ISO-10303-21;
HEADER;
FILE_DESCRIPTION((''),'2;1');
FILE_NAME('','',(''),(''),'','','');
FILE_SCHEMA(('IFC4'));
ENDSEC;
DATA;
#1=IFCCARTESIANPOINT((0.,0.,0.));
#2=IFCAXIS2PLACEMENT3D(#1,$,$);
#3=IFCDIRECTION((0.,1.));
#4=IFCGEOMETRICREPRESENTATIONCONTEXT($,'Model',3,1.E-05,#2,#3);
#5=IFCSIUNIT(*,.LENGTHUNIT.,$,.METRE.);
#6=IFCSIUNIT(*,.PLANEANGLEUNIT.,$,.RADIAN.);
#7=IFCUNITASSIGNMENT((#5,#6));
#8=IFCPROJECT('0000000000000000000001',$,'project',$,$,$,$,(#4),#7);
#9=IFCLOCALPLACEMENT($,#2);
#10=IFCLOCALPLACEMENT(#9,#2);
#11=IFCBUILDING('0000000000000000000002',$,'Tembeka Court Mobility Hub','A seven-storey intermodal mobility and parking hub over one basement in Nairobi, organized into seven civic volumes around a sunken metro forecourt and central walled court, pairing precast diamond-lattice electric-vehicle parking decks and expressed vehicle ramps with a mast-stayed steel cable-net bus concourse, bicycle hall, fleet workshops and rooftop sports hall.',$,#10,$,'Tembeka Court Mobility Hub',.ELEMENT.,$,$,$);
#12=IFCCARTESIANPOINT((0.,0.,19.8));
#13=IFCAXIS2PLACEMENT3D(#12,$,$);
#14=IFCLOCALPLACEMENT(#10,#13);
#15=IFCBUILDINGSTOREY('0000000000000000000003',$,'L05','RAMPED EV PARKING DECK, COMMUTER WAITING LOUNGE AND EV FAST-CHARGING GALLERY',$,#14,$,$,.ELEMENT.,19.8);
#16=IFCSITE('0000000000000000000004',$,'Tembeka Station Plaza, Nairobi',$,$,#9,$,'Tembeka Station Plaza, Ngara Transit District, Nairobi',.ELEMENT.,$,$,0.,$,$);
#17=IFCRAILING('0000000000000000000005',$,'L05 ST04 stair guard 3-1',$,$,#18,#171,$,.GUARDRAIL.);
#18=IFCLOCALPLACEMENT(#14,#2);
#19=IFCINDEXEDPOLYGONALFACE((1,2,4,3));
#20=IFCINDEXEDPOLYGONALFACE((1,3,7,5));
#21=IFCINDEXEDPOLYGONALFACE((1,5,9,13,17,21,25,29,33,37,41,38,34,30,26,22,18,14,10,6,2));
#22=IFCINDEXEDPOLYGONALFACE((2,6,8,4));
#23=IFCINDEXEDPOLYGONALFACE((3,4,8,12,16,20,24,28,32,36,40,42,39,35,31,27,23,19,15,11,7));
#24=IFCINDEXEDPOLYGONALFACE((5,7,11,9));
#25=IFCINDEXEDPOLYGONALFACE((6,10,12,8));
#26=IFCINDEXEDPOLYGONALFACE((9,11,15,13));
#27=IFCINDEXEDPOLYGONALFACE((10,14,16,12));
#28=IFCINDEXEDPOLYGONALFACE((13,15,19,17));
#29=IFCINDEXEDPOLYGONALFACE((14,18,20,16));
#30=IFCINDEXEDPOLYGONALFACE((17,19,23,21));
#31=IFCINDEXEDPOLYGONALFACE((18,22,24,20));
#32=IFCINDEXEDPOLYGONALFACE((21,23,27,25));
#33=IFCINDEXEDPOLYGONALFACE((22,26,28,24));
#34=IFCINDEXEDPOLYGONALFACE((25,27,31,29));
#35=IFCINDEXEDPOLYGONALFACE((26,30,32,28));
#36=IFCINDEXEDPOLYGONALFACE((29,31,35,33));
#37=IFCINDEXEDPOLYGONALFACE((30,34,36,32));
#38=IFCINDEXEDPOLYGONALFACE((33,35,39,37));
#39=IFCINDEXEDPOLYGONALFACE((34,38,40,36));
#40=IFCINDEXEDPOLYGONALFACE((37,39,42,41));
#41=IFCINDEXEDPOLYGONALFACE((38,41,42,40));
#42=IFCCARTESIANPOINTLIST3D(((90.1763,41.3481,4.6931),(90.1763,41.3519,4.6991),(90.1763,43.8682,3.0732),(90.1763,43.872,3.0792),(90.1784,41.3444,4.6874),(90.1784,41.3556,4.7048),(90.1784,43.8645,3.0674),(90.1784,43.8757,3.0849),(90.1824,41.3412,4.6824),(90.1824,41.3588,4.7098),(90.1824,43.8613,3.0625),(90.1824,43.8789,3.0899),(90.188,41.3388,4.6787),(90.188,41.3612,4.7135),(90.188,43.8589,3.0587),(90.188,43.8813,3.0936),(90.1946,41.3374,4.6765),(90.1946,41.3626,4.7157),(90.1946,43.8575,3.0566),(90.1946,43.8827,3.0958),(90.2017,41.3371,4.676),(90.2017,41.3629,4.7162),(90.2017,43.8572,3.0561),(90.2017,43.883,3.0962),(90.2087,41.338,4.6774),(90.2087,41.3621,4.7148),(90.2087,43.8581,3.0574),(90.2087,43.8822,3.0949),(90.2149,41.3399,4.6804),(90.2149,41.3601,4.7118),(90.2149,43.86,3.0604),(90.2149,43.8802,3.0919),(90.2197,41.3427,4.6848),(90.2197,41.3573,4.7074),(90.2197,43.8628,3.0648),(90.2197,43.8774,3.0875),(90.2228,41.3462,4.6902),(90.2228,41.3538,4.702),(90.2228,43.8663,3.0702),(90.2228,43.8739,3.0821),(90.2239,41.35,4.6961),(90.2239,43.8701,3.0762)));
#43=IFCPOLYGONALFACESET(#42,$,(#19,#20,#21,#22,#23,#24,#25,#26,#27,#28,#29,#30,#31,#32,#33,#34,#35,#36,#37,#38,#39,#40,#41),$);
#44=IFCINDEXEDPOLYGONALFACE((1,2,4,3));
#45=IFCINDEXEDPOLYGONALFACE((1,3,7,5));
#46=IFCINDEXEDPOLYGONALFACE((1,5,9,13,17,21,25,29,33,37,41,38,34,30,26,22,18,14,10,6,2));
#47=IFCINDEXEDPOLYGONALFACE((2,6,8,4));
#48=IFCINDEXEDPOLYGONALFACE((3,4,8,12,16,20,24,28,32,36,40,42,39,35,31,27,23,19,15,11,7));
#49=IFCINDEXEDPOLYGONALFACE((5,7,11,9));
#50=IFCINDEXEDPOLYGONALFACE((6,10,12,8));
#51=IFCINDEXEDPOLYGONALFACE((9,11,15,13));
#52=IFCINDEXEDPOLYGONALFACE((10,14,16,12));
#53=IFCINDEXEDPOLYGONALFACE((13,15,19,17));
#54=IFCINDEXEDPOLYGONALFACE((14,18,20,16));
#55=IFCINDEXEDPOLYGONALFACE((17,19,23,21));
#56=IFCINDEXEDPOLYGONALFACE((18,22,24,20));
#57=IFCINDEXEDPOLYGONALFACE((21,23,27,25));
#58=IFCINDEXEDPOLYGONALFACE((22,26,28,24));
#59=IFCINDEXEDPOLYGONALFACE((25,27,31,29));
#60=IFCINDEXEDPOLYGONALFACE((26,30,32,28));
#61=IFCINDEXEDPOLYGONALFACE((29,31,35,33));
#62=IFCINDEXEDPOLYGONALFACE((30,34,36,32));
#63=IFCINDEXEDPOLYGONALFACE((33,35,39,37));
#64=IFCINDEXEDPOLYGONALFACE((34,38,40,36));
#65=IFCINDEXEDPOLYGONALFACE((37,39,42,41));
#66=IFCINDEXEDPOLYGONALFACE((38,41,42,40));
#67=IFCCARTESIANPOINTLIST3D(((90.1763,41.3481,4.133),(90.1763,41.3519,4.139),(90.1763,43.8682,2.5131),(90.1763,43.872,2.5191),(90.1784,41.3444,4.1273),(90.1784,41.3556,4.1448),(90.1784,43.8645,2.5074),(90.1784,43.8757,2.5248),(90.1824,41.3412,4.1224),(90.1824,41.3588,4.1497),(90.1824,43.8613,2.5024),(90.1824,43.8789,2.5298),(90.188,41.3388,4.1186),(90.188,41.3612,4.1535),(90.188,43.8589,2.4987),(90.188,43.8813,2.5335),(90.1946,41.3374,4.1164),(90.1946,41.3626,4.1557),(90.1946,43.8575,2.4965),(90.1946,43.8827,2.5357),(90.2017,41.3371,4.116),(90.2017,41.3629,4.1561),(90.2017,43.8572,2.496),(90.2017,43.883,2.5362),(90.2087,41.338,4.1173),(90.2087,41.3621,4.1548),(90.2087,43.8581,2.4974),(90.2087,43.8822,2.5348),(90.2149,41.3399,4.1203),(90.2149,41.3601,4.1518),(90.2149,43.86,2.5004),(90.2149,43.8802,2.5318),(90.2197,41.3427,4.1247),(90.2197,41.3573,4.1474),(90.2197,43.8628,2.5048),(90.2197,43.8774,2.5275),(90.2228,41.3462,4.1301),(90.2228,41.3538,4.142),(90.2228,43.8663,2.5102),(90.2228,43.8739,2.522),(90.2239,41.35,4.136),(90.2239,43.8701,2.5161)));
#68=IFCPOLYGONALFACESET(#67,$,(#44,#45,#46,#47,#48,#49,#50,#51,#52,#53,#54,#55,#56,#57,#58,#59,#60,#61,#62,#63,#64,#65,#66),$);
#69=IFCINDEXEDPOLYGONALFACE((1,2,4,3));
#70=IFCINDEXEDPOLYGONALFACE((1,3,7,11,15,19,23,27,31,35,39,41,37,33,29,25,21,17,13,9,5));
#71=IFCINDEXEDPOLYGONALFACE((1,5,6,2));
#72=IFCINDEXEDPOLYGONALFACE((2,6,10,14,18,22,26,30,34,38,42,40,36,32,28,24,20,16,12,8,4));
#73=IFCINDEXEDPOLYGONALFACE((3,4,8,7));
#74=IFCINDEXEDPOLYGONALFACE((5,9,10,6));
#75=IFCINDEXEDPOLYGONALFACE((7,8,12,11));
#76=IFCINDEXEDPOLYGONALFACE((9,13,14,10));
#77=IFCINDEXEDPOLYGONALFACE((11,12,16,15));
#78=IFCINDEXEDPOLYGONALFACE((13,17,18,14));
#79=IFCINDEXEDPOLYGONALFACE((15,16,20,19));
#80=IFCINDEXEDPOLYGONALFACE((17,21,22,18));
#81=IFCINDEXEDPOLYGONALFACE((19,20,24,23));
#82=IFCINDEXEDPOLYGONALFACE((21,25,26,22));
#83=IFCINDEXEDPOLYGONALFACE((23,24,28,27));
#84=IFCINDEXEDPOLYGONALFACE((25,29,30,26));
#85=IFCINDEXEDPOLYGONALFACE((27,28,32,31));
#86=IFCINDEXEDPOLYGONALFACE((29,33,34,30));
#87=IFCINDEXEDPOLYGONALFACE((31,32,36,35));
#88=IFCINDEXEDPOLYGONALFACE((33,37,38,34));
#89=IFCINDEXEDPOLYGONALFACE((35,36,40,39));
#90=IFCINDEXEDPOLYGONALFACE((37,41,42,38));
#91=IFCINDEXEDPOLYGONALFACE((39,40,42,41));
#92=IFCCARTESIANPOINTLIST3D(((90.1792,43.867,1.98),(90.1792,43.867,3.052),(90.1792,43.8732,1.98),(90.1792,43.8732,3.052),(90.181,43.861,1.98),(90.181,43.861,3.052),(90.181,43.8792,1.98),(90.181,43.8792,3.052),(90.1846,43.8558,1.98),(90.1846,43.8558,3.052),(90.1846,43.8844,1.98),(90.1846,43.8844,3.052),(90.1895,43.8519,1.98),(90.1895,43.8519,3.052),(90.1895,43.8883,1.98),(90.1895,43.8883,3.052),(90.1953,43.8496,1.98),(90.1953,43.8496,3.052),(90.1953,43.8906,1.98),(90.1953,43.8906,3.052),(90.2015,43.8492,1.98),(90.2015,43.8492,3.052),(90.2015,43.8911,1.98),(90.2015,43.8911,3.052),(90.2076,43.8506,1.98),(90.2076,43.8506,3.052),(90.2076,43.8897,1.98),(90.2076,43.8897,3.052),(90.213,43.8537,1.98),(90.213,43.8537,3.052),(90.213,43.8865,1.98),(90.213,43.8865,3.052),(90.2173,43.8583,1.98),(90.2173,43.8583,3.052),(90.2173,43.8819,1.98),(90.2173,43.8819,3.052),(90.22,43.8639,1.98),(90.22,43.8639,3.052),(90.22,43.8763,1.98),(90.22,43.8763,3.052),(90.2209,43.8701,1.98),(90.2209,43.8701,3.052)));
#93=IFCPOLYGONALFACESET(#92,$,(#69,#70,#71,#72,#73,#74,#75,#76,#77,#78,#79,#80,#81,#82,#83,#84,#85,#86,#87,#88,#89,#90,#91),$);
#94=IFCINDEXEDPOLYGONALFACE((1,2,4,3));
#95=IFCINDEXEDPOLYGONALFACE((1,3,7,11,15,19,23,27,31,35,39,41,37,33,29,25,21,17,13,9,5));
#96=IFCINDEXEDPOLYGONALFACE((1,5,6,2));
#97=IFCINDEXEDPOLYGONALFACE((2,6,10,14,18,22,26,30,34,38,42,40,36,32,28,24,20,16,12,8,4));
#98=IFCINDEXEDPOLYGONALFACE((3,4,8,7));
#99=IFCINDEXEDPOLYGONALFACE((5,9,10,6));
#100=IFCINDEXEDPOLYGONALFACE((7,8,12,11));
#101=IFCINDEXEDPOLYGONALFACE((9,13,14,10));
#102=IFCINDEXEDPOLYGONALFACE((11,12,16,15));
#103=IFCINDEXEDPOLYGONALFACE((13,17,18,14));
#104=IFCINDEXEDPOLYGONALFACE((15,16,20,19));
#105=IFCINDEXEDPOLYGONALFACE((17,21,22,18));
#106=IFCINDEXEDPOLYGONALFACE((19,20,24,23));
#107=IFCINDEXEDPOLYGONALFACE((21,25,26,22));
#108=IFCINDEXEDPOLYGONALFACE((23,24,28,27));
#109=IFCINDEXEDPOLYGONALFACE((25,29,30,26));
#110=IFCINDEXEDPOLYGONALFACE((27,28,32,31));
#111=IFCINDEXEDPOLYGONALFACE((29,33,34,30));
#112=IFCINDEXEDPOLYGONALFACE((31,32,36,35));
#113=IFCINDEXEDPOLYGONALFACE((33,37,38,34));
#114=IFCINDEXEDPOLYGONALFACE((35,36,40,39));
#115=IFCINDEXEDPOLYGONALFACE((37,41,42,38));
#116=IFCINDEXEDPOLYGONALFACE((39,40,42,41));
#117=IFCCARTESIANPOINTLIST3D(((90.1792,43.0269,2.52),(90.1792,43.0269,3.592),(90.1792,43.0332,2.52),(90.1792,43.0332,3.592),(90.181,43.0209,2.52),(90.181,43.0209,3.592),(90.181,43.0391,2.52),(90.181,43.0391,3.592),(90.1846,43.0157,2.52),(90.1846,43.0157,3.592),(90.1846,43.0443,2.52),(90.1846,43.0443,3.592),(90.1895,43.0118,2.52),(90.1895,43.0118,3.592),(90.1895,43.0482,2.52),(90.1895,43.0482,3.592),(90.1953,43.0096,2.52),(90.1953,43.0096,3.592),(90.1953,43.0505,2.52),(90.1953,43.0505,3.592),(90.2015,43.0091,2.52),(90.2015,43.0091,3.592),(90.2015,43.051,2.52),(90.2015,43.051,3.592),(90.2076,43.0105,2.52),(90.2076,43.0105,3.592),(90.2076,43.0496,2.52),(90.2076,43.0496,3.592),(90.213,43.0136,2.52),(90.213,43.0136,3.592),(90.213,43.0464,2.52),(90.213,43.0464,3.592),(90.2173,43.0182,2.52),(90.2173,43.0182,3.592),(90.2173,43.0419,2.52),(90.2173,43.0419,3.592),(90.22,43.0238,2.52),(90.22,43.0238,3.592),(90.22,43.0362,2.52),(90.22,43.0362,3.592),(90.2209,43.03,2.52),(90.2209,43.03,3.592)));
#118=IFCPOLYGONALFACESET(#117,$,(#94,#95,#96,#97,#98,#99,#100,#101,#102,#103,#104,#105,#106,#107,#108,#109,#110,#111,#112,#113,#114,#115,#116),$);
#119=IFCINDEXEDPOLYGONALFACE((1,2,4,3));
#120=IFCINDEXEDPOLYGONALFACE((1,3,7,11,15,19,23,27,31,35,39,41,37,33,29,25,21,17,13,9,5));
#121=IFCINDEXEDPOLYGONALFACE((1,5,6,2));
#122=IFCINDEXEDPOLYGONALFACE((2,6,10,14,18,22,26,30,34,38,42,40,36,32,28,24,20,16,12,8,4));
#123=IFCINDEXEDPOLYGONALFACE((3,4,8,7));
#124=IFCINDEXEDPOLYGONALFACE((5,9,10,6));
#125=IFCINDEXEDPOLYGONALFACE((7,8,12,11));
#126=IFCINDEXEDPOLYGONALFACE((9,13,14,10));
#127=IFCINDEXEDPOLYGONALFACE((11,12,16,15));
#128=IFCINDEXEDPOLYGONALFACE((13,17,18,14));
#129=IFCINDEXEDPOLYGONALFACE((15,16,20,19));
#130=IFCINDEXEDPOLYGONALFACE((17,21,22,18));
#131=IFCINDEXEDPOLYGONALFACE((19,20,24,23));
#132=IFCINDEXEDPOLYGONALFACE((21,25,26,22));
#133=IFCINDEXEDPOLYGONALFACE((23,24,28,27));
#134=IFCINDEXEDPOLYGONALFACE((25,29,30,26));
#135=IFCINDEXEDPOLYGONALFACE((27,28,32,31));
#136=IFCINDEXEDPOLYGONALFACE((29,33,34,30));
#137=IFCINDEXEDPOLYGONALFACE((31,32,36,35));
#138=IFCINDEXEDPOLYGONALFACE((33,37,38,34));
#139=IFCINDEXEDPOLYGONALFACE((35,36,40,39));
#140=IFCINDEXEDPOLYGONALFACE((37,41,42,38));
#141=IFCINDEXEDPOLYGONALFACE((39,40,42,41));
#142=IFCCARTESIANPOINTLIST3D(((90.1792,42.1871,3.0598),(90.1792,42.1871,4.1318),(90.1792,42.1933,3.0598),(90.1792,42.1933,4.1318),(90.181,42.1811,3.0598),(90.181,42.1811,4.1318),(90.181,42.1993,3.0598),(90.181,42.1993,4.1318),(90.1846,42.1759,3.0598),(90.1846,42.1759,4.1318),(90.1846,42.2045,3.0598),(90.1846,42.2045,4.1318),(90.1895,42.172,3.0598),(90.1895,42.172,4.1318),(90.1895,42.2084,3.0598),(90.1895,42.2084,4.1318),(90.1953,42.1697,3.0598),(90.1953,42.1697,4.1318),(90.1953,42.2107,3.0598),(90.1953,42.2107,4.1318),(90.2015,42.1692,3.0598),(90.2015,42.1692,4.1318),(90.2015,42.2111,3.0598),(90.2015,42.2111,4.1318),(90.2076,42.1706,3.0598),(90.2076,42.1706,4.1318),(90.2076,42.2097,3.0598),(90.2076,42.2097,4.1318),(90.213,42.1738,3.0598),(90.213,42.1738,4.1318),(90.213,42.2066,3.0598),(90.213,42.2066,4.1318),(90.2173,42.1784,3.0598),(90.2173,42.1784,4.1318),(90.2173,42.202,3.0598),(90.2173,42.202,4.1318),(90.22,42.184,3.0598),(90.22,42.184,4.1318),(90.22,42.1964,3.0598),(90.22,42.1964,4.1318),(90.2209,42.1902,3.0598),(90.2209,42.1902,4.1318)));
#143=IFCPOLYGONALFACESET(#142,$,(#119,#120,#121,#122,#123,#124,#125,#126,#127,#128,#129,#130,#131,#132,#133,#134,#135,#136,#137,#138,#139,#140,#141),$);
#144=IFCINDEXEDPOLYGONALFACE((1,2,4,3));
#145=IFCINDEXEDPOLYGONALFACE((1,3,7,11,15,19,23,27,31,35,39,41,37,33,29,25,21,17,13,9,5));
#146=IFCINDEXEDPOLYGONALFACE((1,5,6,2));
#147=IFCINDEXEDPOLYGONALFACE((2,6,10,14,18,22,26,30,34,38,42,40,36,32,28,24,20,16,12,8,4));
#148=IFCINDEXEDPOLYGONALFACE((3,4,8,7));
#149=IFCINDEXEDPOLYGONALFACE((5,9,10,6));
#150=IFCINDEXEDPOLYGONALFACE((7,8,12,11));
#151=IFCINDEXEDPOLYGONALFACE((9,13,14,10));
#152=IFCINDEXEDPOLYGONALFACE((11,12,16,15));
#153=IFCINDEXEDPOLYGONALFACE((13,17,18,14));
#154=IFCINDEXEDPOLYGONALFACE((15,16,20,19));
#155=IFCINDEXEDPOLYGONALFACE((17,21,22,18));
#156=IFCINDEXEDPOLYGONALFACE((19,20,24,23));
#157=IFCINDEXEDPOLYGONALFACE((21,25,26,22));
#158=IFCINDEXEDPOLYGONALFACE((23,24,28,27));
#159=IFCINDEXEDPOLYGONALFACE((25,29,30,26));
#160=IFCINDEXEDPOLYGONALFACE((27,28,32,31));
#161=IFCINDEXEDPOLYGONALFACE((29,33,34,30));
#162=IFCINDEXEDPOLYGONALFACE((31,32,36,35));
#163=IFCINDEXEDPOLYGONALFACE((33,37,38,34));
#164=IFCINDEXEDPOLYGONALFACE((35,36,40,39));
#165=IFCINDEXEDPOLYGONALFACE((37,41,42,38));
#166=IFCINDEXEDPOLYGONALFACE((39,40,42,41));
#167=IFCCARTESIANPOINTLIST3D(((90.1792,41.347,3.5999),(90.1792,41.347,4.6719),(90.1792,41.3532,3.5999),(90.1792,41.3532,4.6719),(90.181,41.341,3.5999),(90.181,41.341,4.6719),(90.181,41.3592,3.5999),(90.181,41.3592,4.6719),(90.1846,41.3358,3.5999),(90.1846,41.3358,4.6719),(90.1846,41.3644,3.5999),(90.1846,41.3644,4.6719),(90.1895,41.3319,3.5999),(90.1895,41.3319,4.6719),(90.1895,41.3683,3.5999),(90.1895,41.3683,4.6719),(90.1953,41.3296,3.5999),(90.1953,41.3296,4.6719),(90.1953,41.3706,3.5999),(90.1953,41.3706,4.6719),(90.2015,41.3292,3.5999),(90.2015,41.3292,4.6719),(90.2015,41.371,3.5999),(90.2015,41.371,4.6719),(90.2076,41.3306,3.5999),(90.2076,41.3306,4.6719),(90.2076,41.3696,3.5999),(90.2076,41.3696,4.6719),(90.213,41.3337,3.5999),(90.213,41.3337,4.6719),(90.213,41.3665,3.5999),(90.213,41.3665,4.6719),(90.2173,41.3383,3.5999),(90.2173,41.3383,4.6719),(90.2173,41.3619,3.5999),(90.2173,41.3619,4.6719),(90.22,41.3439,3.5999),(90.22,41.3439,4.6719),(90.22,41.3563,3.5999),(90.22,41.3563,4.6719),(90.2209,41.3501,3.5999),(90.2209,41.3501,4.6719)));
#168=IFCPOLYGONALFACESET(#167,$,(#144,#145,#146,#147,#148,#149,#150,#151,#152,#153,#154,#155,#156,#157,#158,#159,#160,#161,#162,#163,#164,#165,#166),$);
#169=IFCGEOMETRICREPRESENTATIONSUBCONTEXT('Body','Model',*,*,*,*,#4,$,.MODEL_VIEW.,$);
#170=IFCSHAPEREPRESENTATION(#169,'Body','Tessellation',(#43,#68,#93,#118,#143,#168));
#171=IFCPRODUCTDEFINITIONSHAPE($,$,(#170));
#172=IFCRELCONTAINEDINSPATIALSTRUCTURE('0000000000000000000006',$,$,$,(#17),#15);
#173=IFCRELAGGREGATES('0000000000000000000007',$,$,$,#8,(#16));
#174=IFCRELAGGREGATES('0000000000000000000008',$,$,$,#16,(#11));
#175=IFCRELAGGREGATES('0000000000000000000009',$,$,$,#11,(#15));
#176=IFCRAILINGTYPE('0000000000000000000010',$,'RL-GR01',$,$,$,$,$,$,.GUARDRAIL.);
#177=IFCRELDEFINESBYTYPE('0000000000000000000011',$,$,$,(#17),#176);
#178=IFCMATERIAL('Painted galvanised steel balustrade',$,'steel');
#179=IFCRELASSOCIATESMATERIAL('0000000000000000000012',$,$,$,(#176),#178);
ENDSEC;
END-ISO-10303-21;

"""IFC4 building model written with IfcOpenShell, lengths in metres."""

from ifc_helpers import new_model, si_unit, direction, frame, origin, origin_2d, place, context, subcontext, project, spatial, circle, extrude, material, type_object, element, save


model = new_model("IFC4")

# Units and contexts
model_context = context("Model", 3, precision=1e-05, world=origin(), true_north=direction((0.0, 1.0)))
body_context = subcontext(model_context, "Body", "Model", "MODEL_VIEW")
ifc_project = project(units=[si_unit("LENGTHUNIT", "METRE"), si_unit("PLANEANGLEUNIT", "RADIAN")], contexts=[model_context])

# Site, building, storey
site_placement = place(None, origin())
site = spatial("IfcSite", under=ifc_project, at=site_placement, Name="Tembeka Station Plaza, Nairobi", LongName="Tembeka Station Plaza, Ngara Transit District, Nairobi", CompositionType="ELEMENT", RefElevation=0.0)
building_placement = place(site_placement, origin())
building = spatial("IfcBuilding", under=site, at=building_placement, Name="Tembeka Court Mobility Hub", Description="A seven-storey intermodal mobility and parking hub over one basement in Nairobi, organized into seven civic volumes around a sunken metro forecourt and central walled court, pairing precast diamond-lattice electric-vehicle parking decks and expressed vehicle ramps with a mast-stayed steel cable-net bus concourse, bicycle hall, fleet workshops and rooftop sports hall.", LongName="Tembeka Court Mobility Hub", CompositionType="ELEMENT")
storey_placement = place(building_placement, frame((0.0, 0.0, 19.8)))
storey = spatial("IfcBuildingStorey", under=building, at=storey_placement, Name="L05", Description="RAMPED EV PARKING DECK, COMMUTER WAITING LOUNGE AND EV FAST-CHARGING GALLERY", CompositionType="ELEMENT", Elevation=19.8)

# Railing
ifc_material_1 = material(Name="Painted galvanised steel balustrade", Category="steel")
railing_type_1 = type_object("IfcRailingType", Name="RL-GR01", PredefinedType="GUARDRAIL", material=ifc_material_1)
railing_1_placement = place(storey_placement, frame((90.2, 43.8701, 1.98)))
element("IfcRailing", 1, at=railing_1_placement, inside=storey, type_object=railing_type_1, Name="L05 ST04 stair guard 3-1", PredefinedType="GUARDRAIL", context=body_context, shape_type="SweptSolid", body=[
    extrude(circle(Radius=0.0239, at=origin_2d()), frame((0.0, 0.0, 1.0962), z_axis=(0.0, -0.8412, 0.540725), x_axis=(1.0, 0.0, 0.0)), (0.0, 0.0, 1.0), 2.9958),
    extrude(circle(Radius=0.0239, at=origin_2d()), frame((0.0, 0.0, 0.5361), z_axis=(0.0, -0.8412, 0.540725), x_axis=(1.0, 0.0, 0.0)), (0.0, 0.0, 1.0), 2.9958),
    extrude(circle(Radius=0.021, at=origin_2d()), origin(), (0.0, 0.0, 1.0), 1.072),
    extrude(circle(Radius=0.021, at=origin_2d()), frame((0.0, -0.8401, 0.54)), (0.0, 0.0, 1.0), 1.072),
    extrude(circle(Radius=0.021, at=origin_2d()), frame((0.0, -1.6799, 1.0798)), (0.0, 0.0, 1.0), 1.072),
    extrude(circle(Radius=0.021, at=origin_2d()), frame((0.0, -2.52, 1.6199)), (0.0, 0.0, 1.0), 1.072),
])

save(model, "model.ifc")
